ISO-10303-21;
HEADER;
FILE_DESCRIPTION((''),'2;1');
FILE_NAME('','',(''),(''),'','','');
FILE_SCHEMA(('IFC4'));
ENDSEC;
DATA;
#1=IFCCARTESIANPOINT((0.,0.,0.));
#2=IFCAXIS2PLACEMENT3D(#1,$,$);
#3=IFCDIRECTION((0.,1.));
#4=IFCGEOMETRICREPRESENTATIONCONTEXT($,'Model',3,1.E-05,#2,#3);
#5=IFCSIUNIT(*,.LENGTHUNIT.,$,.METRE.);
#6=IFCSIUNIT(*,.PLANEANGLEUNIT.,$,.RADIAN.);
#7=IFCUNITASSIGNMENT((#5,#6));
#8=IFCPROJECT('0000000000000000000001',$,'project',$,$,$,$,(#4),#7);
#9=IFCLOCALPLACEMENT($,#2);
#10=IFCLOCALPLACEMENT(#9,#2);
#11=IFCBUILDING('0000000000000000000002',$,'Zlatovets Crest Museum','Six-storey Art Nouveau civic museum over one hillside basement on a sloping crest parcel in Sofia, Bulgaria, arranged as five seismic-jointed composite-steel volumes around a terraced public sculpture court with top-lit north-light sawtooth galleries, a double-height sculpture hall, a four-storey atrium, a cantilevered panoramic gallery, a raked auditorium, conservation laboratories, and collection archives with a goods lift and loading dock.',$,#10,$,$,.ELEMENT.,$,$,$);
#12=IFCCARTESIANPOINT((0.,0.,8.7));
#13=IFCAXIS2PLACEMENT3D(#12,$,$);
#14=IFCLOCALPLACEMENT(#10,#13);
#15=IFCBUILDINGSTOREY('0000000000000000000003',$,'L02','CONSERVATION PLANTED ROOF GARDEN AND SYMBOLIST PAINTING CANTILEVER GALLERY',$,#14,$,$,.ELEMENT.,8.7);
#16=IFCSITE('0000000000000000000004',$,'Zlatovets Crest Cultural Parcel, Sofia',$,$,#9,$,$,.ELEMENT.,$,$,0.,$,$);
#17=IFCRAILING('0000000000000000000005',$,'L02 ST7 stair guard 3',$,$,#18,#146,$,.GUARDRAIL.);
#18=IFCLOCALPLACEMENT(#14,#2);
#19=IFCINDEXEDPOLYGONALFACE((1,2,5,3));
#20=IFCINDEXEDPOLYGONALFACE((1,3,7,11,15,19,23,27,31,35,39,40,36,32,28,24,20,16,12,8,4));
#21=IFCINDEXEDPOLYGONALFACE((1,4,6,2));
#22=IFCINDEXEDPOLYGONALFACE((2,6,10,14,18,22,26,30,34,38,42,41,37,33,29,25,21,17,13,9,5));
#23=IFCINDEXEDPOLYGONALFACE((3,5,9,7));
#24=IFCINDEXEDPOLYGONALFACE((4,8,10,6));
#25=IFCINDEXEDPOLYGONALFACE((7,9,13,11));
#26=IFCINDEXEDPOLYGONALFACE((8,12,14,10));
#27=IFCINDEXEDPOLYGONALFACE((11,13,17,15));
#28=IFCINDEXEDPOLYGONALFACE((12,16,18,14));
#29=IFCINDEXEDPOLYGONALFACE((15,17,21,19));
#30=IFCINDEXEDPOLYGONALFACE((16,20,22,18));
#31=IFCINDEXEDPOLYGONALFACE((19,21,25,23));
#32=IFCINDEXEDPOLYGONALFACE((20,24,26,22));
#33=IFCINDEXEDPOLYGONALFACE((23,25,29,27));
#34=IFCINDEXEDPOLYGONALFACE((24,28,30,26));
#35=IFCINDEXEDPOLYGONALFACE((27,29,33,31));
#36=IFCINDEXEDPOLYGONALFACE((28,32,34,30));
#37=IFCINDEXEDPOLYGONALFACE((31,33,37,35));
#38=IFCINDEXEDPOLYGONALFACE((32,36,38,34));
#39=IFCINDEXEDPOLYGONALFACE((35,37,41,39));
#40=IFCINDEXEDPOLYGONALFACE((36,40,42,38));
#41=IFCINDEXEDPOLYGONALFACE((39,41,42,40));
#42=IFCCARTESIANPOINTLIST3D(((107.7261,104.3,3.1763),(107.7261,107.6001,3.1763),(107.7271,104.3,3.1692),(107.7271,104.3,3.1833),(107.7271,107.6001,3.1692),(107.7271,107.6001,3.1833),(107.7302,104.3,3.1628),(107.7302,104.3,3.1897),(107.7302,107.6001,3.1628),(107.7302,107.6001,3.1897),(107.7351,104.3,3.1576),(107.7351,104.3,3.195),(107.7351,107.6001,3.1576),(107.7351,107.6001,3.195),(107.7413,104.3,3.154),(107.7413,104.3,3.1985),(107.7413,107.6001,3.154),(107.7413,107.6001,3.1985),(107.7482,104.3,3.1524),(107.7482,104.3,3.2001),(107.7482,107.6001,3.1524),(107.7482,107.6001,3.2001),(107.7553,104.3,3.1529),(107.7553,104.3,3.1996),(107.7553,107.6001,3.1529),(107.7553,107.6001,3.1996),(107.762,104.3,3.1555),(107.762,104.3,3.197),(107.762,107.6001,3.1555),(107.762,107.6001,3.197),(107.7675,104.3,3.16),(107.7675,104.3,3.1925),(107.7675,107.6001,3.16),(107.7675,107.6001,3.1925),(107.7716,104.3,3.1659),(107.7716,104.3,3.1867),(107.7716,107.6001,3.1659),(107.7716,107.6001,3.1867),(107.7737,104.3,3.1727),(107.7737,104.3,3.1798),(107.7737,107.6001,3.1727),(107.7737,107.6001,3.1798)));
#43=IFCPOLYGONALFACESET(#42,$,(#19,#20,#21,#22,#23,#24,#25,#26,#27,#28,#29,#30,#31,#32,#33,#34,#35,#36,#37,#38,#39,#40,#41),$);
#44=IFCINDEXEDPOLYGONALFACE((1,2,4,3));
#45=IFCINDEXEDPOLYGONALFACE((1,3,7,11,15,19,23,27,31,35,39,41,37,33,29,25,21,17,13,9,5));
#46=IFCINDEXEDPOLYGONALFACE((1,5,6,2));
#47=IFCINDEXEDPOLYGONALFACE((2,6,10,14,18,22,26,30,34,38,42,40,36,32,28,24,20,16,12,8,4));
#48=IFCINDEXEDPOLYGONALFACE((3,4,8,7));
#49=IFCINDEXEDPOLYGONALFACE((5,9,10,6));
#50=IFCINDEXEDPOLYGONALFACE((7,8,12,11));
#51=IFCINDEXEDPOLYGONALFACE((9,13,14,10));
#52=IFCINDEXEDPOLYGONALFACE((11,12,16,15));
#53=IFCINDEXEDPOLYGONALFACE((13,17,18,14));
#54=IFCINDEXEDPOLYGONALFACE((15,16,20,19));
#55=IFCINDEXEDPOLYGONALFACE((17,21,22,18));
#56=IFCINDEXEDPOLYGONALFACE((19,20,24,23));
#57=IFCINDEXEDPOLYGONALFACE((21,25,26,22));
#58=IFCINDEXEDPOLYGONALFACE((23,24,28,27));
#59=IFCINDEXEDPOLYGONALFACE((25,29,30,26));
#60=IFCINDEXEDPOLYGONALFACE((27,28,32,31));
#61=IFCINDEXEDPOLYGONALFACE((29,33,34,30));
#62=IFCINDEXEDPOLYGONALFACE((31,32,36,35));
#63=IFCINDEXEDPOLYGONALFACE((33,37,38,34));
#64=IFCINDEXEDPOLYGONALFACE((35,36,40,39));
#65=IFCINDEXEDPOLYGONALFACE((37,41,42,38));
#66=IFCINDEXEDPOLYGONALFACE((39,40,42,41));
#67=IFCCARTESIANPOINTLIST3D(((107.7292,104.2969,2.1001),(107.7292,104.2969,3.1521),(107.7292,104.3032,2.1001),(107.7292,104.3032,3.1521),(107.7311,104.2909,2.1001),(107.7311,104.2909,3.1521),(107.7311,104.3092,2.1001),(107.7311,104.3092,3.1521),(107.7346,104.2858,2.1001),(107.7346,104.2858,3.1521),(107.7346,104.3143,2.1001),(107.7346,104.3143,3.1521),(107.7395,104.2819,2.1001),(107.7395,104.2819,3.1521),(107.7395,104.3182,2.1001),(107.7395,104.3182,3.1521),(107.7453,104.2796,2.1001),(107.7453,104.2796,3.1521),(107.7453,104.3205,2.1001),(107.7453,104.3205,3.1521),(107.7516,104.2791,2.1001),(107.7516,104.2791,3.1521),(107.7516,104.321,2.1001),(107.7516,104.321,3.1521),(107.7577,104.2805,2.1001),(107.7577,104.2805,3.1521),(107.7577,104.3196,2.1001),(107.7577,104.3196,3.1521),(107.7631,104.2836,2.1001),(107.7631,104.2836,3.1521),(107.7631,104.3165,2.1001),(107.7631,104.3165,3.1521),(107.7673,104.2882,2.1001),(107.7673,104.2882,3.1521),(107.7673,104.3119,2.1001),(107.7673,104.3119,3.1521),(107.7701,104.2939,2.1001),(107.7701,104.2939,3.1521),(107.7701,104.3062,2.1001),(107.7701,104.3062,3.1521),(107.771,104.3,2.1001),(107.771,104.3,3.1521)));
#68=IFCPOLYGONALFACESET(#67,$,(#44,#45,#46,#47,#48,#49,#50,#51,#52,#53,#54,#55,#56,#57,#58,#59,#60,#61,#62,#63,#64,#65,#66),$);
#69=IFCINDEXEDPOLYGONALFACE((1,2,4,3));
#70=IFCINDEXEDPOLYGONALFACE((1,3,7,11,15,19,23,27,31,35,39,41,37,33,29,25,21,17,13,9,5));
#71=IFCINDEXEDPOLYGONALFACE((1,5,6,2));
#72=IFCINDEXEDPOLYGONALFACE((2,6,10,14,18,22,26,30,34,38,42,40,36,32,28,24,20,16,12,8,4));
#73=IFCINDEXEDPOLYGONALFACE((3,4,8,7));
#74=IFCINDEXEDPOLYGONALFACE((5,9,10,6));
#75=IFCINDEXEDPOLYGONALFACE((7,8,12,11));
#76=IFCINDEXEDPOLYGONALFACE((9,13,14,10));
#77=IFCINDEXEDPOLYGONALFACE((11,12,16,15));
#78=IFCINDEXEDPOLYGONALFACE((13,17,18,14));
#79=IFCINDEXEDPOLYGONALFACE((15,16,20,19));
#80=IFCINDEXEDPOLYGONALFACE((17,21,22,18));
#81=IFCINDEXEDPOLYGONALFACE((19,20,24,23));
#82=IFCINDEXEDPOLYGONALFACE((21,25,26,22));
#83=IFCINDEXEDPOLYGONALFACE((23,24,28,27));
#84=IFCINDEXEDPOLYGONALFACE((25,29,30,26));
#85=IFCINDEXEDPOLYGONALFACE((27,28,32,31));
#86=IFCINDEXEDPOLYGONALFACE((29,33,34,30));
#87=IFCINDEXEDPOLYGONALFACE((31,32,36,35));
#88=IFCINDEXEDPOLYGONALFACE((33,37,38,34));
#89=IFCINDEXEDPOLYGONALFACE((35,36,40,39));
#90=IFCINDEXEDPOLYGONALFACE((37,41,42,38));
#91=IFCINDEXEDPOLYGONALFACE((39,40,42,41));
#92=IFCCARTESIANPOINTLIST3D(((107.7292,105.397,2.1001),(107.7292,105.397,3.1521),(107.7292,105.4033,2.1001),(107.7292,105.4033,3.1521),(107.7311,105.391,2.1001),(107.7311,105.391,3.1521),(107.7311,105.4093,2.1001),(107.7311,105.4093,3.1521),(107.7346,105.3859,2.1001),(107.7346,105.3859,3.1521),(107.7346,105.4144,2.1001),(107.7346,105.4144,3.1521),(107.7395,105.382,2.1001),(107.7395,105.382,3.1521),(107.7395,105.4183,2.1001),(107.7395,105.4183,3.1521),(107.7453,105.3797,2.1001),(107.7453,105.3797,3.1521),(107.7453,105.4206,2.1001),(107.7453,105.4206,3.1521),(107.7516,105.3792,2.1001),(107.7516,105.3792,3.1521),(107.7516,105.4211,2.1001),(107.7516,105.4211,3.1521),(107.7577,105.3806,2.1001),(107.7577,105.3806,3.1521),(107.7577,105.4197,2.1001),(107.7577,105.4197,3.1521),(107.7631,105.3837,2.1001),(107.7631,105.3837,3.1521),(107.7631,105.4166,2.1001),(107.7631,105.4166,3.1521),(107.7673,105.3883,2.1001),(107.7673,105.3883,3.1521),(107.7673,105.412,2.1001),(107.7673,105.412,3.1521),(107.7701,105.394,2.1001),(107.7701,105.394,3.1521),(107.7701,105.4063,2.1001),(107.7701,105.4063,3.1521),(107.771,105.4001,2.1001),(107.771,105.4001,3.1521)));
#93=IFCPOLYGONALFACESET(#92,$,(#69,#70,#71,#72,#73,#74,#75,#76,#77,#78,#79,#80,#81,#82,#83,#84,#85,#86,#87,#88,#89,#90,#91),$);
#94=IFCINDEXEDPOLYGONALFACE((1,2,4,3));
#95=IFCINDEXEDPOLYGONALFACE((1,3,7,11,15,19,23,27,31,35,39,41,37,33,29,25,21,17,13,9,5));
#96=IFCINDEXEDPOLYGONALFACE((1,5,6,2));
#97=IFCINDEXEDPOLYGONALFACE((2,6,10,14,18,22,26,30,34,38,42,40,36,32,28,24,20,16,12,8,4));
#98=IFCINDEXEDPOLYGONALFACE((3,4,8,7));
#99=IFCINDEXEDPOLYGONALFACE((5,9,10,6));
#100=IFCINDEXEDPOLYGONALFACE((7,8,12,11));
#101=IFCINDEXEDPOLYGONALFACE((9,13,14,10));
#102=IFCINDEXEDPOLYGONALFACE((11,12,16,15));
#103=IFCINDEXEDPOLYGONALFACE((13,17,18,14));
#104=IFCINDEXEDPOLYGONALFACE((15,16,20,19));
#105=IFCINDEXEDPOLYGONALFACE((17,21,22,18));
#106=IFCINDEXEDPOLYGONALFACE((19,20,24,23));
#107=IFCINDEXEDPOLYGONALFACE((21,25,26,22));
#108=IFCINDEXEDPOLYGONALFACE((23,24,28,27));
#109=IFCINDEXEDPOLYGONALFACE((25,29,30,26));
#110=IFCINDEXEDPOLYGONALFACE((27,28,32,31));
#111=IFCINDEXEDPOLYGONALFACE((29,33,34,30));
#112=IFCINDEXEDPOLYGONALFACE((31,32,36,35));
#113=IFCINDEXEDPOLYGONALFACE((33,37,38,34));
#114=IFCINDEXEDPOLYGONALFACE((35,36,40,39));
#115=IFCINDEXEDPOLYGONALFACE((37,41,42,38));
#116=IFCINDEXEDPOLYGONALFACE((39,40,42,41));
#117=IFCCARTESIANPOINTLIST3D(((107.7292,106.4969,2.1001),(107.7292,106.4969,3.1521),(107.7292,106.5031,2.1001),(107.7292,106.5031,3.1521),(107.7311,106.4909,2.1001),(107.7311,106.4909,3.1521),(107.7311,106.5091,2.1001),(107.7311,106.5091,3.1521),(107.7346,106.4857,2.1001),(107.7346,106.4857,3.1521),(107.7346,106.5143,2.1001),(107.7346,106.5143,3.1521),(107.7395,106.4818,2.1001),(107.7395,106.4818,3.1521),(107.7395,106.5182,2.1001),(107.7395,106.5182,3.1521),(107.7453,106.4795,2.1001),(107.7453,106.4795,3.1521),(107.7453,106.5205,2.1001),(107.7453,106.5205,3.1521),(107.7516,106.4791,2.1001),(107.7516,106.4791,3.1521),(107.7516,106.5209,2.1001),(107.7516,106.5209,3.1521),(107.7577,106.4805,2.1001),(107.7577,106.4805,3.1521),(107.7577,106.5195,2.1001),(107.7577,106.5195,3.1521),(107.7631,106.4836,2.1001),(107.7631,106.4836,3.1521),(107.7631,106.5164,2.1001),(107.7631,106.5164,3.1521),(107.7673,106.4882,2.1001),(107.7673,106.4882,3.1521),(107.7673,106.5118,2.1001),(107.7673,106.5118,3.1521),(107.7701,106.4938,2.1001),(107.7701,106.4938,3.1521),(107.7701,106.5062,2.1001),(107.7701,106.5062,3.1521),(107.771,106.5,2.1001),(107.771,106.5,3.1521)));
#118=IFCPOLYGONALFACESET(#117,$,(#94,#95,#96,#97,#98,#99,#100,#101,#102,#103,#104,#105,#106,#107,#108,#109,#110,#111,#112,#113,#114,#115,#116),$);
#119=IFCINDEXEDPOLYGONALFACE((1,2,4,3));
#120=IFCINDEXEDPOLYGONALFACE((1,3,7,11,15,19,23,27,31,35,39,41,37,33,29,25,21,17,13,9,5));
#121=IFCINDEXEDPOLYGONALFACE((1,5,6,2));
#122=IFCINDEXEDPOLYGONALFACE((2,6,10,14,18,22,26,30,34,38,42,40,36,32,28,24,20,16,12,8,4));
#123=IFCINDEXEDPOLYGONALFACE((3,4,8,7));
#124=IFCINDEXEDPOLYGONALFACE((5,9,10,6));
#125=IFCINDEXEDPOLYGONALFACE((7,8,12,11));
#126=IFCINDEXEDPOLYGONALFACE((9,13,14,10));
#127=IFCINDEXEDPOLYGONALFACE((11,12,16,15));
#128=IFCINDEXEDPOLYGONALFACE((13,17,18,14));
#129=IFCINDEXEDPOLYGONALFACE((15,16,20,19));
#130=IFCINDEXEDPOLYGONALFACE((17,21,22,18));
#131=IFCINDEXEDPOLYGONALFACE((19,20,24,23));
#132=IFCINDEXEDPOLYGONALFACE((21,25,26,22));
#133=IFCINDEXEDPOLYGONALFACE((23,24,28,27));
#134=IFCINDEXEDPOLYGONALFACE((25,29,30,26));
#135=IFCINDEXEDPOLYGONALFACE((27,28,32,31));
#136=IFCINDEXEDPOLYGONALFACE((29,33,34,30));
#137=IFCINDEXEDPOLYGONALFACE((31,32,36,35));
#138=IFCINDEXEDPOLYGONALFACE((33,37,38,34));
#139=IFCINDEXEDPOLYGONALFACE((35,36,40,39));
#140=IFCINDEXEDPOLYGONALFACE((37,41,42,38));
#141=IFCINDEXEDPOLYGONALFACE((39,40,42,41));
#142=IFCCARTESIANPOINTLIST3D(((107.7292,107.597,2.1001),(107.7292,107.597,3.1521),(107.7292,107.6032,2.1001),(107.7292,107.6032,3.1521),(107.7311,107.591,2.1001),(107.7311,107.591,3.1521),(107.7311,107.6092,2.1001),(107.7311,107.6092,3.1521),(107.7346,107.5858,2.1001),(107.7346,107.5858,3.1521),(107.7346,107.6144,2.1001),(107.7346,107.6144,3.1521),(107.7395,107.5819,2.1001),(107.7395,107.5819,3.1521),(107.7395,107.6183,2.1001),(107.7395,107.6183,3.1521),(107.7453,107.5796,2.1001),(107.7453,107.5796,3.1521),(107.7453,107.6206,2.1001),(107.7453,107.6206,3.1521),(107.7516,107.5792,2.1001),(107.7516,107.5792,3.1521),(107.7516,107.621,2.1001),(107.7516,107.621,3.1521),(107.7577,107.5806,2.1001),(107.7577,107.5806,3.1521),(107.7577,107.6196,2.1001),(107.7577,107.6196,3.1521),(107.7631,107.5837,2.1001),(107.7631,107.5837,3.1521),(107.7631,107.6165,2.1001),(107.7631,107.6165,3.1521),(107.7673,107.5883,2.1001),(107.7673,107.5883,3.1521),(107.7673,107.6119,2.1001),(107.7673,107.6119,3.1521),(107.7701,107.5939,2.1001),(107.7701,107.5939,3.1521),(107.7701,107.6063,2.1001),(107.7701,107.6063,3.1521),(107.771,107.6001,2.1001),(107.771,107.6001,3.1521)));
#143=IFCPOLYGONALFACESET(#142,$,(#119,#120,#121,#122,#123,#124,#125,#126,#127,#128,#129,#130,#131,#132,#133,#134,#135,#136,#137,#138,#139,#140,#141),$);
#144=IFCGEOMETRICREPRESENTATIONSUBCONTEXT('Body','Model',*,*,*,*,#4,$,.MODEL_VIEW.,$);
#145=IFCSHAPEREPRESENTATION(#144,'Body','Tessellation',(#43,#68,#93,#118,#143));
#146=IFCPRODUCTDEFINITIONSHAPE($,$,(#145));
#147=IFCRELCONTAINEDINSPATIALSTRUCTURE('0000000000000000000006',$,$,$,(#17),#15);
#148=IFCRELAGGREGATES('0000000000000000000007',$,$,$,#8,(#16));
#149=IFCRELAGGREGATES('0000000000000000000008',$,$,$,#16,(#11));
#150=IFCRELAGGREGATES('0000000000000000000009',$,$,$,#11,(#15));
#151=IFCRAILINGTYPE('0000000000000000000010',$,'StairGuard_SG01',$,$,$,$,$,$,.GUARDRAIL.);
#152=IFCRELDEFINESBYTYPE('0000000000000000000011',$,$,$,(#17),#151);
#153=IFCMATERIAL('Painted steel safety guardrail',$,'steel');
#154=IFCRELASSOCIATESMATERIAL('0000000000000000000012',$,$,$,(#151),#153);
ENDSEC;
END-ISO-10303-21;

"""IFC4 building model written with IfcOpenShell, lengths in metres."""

from ifc_helpers import new_model, si_unit, direction, frame, origin, origin_2d, place, context, subcontext, project, spatial, circle, extrude, material, type_object, element, save


model = new_model("IFC4")

# Units and contexts
model_context = context("Model", 3, precision=1e-05, world=origin(), true_north=direction((0.0, 1.0)))
body_context = subcontext(model_context, "Body", "Model", "MODEL_VIEW")
ifc_project = project(units=[si_unit("LENGTHUNIT", "METRE"), si_unit("PLANEANGLEUNIT", "RADIAN")], contexts=[model_context])

# Site, building, storey
site_placement = place(None, origin())
site = spatial("IfcSite", under=ifc_project, at=site_placement, Name="Zlatovets Crest Cultural Parcel, Sofia", CompositionType="ELEMENT", RefElevation=0.0)
building_placement = place(site_placement, origin())
building = spatial("IfcBuilding", under=site, at=building_placement, Name="Zlatovets Crest Museum", Description="Six-storey Art Nouveau civic museum over one hillside basement on a sloping crest parcel in Sofia, Bulgaria, arranged as five seismic-jointed composite-steel volumes around a terraced public sculpture court with top-lit north-light sawtooth galleries, a double-height sculpture hall, a four-storey atrium, a cantilevered panoramic gallery, a raked auditorium, conservation laboratories, and collection archives with a goods lift and loading dock.", CompositionType="ELEMENT")
storey_placement = place(building_placement, frame((0.0, 0.0, 8.7)))
storey = spatial("IfcBuildingStorey", under=building, at=storey_placement, Name="L02", Description="CONSERVATION PLANTED ROOF GARDEN AND SYMBOLIST PAINTING CANTILEVER GALLERY", CompositionType="ELEMENT", Elevation=8.7)

# Railing
ifc_material_1 = material(Name="Painted steel safety guardrail", Category="steel")
railing_type_1 = type_object("IfcRailingType", Name="StairGuard_SG01", PredefinedType="GUARDRAIL", material=ifc_material_1)
railing_1_placement = place(storey_placement, frame((107.75, 104.3, 2.1001)))
element("IfcRailing", 1, at=railing_1_placement, inside=storey, type_object=railing_type_1, Name="L02 ST7 stair guard 3", PredefinedType="GUARDRAIL", context=body_context, shape_type="SweptSolid", body=[
    extrude(circle(Radius=0.0239, at=origin_2d()), frame((0.0, 0.0, 1.0762), z_axis=(0.0, 1.0, 0.0), x_axis=(-1.0, 0.0, 0.0)), (0.0, 0.0, 1.0), 3.3),
    extrude(circle(Radius=0.021, at=origin_2d()), origin(), (0.0, 0.0, 1.0), 1.052),
    extrude(circle(Radius=0.021, at=origin_2d()), frame((0.0, 1.1001, 0.0)), (0.0, 0.0, 1.0), 1.052),
    extrude(circle(Radius=0.021, at=origin_2d()), frame((0.0, 2.2, 0.0)), (0.0, 0.0, 1.0), 1.052),
    extrude(circle(Radius=0.021, at=origin_2d()), frame((0.0, 3.3, 0.0)), (0.0, 0.0, 1.0), 1.052),
])

save(model, "model.ifc")
